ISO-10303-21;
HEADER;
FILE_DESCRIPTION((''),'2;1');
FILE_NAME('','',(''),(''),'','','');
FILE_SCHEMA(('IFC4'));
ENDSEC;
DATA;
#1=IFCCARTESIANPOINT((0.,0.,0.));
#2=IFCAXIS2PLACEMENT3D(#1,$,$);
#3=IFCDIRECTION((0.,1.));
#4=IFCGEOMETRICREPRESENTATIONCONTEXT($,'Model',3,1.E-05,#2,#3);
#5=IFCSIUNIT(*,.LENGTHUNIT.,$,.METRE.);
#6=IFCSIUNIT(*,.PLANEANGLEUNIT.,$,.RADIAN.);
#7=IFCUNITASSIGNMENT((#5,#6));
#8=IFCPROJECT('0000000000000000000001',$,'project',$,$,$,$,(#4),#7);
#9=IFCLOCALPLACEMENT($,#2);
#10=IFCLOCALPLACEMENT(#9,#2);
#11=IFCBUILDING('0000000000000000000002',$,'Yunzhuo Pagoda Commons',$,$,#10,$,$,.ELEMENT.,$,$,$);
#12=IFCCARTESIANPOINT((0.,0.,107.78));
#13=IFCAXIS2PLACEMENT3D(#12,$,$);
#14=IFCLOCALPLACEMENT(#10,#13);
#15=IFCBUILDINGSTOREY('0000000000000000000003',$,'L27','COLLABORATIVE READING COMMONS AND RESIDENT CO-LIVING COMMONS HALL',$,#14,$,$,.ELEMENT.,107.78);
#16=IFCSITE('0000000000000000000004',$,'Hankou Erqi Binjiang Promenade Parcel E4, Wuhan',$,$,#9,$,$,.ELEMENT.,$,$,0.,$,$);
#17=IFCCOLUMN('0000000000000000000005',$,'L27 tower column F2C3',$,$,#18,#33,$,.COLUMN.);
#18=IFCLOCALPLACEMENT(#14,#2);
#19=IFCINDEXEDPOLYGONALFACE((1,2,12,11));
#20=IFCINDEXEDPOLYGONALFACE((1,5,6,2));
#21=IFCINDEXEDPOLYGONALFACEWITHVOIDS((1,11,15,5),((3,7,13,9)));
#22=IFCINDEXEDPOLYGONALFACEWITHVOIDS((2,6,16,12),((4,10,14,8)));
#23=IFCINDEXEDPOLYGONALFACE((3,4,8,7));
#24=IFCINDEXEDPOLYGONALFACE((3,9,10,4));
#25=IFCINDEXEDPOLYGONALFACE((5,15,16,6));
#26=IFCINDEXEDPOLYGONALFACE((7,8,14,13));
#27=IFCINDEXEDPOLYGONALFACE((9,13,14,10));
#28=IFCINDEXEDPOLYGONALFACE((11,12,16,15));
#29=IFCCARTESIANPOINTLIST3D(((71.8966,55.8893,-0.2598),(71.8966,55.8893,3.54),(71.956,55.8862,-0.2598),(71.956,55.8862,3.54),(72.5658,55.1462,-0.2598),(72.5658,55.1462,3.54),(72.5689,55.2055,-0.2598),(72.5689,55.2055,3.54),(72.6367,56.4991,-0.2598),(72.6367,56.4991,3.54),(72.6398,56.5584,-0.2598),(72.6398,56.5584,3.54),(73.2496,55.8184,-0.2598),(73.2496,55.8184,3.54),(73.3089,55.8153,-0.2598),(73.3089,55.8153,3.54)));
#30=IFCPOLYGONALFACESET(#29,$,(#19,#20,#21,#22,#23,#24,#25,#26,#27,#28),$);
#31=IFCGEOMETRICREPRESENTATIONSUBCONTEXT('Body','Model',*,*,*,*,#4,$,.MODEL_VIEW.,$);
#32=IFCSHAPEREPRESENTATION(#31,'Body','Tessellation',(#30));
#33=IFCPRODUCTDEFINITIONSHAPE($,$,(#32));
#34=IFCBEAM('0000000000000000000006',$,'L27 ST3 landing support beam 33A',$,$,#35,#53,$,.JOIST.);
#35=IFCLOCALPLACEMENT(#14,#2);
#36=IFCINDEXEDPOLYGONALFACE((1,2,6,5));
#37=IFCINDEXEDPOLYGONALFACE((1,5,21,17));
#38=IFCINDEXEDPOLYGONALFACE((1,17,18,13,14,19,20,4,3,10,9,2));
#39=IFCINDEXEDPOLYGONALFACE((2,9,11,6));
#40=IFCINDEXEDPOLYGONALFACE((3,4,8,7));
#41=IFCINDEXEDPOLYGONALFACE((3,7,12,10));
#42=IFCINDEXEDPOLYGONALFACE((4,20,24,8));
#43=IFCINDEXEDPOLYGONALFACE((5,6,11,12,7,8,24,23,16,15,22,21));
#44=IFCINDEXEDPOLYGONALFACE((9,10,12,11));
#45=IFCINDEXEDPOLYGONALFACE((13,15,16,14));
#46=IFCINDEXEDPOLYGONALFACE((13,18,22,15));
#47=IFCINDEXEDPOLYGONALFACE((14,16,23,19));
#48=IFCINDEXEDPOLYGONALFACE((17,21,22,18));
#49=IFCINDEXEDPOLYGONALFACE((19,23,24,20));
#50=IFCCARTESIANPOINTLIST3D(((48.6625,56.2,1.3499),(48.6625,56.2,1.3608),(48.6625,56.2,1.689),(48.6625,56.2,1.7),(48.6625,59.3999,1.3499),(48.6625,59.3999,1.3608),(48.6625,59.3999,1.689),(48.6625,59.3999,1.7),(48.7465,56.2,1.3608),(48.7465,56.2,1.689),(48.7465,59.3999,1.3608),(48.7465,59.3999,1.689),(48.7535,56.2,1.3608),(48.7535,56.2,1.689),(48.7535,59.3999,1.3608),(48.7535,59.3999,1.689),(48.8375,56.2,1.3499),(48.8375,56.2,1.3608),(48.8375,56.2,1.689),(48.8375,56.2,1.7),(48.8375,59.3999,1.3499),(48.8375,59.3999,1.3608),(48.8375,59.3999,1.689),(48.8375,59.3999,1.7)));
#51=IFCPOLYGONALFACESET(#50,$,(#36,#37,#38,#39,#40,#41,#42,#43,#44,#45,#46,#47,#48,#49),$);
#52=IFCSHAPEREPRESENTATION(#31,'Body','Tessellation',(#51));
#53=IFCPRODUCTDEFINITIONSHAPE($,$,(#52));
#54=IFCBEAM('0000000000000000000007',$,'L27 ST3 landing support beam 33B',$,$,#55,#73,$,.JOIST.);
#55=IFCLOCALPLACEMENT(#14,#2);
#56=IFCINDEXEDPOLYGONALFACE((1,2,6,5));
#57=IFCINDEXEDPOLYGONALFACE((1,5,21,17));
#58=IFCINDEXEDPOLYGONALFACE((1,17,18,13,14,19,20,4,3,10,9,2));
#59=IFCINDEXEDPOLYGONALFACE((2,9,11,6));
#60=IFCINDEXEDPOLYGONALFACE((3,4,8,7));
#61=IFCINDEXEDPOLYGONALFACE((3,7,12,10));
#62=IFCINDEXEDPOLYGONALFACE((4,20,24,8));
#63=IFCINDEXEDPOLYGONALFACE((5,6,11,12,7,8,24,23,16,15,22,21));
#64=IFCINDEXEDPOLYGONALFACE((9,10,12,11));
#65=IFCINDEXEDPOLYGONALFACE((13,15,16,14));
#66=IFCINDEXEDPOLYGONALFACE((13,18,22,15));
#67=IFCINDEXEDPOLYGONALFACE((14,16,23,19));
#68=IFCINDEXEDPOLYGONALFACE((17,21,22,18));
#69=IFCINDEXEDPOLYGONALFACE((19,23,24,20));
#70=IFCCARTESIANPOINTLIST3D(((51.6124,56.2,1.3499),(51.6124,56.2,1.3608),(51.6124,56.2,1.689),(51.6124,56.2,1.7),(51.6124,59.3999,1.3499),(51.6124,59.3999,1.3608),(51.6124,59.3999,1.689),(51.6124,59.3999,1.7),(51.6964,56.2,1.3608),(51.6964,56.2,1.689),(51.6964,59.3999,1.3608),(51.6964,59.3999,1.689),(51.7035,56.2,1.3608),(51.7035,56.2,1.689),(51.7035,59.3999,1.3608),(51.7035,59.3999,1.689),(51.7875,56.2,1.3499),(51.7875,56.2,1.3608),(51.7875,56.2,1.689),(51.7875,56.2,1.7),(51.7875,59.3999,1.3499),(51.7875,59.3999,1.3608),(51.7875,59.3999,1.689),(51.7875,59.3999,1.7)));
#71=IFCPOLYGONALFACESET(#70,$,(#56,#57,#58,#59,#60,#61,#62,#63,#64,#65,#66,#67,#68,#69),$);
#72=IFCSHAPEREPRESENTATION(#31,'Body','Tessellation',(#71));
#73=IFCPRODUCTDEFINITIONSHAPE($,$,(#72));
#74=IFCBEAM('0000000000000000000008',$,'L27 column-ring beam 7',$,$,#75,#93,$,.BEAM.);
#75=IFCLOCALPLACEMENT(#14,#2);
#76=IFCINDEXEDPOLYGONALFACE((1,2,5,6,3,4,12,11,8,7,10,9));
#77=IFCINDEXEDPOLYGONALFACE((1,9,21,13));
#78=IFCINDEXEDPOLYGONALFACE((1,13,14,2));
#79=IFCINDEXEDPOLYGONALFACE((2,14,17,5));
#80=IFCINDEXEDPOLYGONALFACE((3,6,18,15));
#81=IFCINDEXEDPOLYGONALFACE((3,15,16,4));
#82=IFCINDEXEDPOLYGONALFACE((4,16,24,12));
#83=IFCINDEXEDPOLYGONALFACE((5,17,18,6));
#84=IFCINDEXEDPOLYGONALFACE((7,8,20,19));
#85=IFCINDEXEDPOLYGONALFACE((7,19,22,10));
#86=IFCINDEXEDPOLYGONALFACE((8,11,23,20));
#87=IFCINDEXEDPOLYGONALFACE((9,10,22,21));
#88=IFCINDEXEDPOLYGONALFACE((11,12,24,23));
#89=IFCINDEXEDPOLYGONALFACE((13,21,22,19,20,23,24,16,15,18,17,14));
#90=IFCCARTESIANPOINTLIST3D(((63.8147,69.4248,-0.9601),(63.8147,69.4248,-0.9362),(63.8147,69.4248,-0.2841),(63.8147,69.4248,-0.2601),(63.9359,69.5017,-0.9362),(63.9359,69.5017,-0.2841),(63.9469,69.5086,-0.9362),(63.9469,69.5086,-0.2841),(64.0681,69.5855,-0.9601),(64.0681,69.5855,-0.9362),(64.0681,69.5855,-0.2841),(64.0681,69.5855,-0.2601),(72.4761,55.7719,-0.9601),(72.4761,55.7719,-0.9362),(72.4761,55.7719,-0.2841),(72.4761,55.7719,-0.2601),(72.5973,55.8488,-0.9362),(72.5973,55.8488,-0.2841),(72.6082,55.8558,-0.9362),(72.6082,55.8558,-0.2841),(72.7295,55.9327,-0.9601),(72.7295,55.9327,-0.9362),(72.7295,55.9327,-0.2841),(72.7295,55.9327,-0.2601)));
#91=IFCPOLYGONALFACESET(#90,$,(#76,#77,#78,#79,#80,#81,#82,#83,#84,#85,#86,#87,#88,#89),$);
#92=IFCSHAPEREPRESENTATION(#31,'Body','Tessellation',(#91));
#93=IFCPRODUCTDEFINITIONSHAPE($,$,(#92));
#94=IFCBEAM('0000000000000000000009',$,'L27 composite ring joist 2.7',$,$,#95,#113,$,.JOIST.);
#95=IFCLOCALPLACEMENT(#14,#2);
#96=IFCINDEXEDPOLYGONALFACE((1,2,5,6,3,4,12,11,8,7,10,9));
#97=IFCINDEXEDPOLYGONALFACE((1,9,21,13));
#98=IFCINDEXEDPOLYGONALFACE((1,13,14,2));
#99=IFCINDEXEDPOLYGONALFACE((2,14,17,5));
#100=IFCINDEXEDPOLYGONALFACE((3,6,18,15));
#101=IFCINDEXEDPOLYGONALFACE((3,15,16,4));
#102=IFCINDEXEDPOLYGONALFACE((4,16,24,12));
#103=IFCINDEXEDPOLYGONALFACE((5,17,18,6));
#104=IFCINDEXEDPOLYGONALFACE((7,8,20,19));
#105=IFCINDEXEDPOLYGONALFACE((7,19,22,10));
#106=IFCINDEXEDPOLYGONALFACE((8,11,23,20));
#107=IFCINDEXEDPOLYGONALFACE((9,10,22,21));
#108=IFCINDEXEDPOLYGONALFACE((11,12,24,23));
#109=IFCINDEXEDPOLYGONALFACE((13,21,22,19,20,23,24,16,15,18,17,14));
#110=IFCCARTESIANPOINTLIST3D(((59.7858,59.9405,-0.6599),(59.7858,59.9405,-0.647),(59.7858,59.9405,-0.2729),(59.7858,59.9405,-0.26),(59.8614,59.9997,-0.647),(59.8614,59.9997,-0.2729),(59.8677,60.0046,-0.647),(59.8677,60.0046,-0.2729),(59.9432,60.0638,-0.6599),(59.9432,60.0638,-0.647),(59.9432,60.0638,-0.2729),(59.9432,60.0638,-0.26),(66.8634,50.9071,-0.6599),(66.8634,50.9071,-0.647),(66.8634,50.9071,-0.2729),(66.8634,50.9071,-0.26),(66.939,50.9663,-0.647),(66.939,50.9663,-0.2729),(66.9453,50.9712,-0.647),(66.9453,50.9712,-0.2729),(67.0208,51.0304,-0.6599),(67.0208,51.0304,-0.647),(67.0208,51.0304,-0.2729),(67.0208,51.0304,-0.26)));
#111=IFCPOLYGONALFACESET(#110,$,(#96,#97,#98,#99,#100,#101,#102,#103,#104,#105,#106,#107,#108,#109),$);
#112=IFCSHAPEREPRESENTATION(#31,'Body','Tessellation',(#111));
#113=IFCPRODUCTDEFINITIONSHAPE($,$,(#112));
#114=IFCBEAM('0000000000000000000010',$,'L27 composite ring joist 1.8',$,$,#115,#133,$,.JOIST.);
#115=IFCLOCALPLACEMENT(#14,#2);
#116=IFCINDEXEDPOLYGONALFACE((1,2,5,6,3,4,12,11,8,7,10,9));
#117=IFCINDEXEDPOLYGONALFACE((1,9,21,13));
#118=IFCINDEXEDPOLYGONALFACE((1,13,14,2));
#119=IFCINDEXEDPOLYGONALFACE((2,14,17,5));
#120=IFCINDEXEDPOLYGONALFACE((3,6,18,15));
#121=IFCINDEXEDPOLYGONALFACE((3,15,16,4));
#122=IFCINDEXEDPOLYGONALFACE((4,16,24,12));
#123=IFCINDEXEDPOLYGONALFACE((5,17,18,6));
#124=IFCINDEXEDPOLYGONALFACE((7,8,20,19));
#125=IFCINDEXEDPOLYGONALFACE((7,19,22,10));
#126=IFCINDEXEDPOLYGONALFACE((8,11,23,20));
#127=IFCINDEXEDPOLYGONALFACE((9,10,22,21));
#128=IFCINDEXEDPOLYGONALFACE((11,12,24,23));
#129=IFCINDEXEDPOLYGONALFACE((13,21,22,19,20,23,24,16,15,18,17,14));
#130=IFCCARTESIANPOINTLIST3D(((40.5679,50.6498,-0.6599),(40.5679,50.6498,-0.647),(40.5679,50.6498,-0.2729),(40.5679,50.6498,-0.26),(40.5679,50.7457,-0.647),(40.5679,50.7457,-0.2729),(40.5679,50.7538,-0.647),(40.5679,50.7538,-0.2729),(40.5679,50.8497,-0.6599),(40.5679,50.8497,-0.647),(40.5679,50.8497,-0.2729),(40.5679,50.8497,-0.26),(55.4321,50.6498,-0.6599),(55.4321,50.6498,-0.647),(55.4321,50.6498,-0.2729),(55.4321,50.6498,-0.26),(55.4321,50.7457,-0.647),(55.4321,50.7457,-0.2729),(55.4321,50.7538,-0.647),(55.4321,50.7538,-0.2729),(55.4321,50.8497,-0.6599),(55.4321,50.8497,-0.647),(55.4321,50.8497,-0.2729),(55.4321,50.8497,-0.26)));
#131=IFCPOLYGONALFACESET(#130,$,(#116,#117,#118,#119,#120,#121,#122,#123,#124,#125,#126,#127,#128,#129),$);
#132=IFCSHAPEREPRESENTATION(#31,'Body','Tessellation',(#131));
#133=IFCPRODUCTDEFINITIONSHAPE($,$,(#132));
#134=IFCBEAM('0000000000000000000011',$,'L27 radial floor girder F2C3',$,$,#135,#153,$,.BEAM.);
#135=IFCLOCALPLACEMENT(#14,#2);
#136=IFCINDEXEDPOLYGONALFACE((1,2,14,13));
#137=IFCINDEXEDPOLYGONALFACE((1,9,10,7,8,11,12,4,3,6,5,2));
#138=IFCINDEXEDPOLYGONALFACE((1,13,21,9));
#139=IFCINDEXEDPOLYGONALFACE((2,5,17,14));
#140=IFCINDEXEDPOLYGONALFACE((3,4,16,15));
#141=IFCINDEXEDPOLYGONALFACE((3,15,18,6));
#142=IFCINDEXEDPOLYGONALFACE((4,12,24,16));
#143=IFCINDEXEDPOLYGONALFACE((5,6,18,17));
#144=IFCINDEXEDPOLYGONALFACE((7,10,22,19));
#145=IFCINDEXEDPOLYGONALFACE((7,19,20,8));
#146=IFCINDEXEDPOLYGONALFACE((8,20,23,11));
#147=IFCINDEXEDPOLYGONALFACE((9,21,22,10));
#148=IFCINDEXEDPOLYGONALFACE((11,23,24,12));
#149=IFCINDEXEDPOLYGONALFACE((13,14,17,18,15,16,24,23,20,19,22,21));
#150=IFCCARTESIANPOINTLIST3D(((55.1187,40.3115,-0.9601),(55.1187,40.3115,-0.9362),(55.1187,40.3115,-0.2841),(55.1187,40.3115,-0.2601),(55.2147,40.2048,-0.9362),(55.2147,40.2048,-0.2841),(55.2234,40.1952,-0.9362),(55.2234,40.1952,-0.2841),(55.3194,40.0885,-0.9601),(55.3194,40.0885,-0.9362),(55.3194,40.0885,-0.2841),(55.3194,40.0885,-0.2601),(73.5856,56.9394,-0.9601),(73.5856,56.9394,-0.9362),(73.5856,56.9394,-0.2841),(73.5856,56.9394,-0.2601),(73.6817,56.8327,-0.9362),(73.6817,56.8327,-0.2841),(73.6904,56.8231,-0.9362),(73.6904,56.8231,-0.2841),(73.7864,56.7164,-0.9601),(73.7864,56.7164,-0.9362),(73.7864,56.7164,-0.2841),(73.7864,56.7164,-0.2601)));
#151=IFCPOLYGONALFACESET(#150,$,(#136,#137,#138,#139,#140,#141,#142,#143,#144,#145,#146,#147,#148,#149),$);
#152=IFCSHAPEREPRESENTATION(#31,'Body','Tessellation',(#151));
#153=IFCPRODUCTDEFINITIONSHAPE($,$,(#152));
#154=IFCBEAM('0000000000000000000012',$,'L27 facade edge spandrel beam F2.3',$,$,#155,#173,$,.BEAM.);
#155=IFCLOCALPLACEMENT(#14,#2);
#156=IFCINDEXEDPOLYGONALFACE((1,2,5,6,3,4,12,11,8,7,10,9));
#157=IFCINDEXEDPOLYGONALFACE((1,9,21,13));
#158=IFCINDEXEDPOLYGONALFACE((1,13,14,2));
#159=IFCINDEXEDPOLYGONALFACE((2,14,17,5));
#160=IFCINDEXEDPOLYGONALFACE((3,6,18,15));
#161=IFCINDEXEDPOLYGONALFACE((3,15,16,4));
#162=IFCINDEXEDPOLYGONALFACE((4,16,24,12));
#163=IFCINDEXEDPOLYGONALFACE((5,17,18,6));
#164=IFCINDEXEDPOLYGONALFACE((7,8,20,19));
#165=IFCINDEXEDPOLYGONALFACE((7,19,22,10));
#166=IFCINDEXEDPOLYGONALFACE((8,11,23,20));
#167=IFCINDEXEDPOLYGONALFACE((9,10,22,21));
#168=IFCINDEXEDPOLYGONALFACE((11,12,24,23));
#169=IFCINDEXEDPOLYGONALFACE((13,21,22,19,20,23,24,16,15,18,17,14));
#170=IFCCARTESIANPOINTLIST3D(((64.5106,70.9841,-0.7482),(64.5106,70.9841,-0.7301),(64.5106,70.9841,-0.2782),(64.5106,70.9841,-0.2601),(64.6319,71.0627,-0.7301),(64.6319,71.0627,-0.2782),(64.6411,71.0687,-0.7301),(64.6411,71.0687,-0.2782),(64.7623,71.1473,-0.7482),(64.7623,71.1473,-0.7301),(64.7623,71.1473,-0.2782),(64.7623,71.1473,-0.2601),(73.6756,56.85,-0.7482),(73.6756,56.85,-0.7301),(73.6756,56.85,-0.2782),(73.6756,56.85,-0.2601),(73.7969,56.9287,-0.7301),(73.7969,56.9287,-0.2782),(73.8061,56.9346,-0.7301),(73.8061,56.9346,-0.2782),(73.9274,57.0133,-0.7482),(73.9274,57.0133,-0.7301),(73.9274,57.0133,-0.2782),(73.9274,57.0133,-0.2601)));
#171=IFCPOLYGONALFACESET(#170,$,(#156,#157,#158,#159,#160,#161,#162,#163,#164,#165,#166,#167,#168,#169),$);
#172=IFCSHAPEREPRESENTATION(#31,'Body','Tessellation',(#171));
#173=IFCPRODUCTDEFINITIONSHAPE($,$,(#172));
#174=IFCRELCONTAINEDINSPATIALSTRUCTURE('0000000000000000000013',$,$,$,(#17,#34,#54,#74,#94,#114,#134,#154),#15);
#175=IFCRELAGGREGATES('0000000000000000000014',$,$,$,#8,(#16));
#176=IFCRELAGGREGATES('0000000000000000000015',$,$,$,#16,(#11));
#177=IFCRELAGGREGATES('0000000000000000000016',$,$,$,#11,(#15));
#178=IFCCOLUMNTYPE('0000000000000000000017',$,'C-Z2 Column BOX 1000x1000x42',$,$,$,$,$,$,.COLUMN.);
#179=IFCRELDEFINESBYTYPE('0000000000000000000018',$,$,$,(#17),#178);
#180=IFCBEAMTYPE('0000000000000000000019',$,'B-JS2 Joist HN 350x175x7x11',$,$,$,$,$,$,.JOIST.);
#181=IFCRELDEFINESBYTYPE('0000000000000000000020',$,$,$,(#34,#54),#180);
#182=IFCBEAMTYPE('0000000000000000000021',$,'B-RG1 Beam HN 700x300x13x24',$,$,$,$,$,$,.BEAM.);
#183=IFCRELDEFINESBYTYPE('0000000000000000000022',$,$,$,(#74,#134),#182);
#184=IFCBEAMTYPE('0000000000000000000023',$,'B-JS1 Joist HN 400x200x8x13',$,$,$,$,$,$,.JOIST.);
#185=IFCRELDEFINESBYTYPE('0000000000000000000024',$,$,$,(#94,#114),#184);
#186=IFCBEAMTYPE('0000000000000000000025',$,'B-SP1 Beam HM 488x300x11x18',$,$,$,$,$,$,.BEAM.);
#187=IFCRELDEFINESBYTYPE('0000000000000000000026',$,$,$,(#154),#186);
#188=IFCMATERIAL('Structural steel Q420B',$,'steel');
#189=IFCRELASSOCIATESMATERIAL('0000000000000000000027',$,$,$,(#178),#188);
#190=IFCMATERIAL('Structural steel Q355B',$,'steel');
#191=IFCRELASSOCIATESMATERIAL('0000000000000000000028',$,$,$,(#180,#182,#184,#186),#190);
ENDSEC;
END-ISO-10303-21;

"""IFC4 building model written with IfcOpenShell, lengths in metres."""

from ifc_helpers import new_model, si_unit, direction, frame, origin, origin_2d, place, context, subcontext, project, spatial, hollow_rectangle, i_section, extrude, source, transform, mapped, material, material_profile, profile_set, type_object, element, save


model = new_model("IFC4")

# Units and contexts
model_context = context("Model", 3, precision=1e-05, world=origin(), true_north=direction((0.0, 1.0)))
body_context = subcontext(model_context, "Body", "Model", "MODEL_VIEW")
ifc_project = project(units=[si_unit("LENGTHUNIT", "METRE"), si_unit("PLANEANGLEUNIT", "RADIAN")], contexts=[model_context])

# Site, building, storey
site_placement = place(None, origin())
site = spatial("IfcSite", under=ifc_project, at=site_placement, Name="Hankou Erqi Binjiang Promenade Parcel E4, Wuhan", CompositionType="ELEMENT", RefElevation=0.0)
building_placement = place(site_placement, origin())
building = spatial("IfcBuilding", under=site, at=building_placement, Name="Yunzhuo Pagoda Commons", CompositionType="ELEMENT")
storey_placement = place(building_placement, frame((0.0, 0.0, 107.78)))
storey = spatial("IfcBuildingStorey", under=building, at=storey_placement, Name="L27", Description="COLLABORATIVE READING COMMONS AND RESIDENT CO-LIVING COMMONS HALL", CompositionType="ELEMENT", Elevation=107.78)

# Column
ifc_material_1 = material(Name="Structural steel Q420B", Category="steel")
ifc_material_profile_1 = material_profile(ifc_material_1, hollow_rectangle(XDim=1.0, YDim=1.0, WallThickness=0.042, at=origin_2d()), Name="Structural steel Q420B")
ifc_profile_set_1 = profile_set([ifc_material_profile_1], Name="Structural steel Q420B")
column_type = type_object("IfcColumnType", Name="C-Z2 Column BOX 1000x1000x42", PredefinedType="COLUMN", material=ifc_profile_set_1)
shared_shape_1 = source(origin(), body_context, "Body", "SweptSolid", [
    extrude(hollow_rectangle(XDim=1.0, YDim=1.0, WallThickness=0.042, at=origin_2d()), origin(), (0.0, 0.0, 1.0), 3.7998),
])
column_placement = place(storey_placement, frame((72.6028, 55.8523, -0.2598), z_axis=(0.0, 0.0, 1.0), x_axis=(-0.669131, 0.743145, 0.0)))
element("IfcColumn", 1, at=column_placement, inside=storey, type_object=column_type, Name="L27 tower column F2C3", PredefinedType="COLUMN", context=body_context, shape_type="MappedRepresentation", body=[
    mapped(shared_shape_1, transform((0.0, 0.0, 0.0), scale=1.0)),
])

# Beams
ifc_material_2 = material(Name="Structural steel Q355B", Category="steel")
ifc_material_profile_2 = material_profile(ifc_material_2, i_section(OverallWidth=0.175, OverallDepth=0.3501, WebThickness=0.0071, FlangeThickness=0.011, at=origin_2d()), Name="Structural steel Q355B")
ifc_profile_set_2 = profile_set([ifc_material_profile_2], Name="Structural steel Q355B")
beam_type_1 = type_object("IfcBeamType", Name="B-JS2 Joist HN 350x175x7x11", PredefinedType="JOIST", material=ifc_profile_set_2)
shared_shape_2 = source(origin(), body_context, "Body", "SweptSolid", [
    extrude(i_section(OverallWidth=0.175, OverallDepth=0.3501, WebThickness=0.0071, FlangeThickness=0.011, at=origin_2d()), origin(), (0.0, 0.0, 1.0), 3.2),
])
for number, where, z_axis, x_axis, name in (
    (2, (48.75, 56.2, 1.5249), (0.0, 1.0, 0.0), (-1.0, 0.0, 0.0), "L27 ST3 landing support beam 33A"),
    (3, (51.7, 56.2, 1.5249), (0.0, 1.0, 0.0), (-1.0, 0.0, 0.0), "L27 ST3 landing support beam 33B"),
):
    element("IfcBeam", number, at=place(storey_placement, frame(where, z_axis=z_axis, x_axis=x_axis)), inside=storey, type_object=beam_type_1, Name=name, PredefinedType="JOIST", context=body_context, shape_type="MappedRepresentation", body=[
        mapped(shared_shape_2, transform((0.0, 0.0, 0.0), scale=1.0)),
    ])
ifc_material_profile_3 = material_profile(ifc_material_2, i_section(OverallWidth=0.3, OverallDepth=0.7, WebThickness=0.0129, FlangeThickness=0.0239, at=origin_2d()), Name="Structural steel Q355B")
ifc_profile_set_3 = profile_set([ifc_material_profile_3], Name="Structural steel Q355B")
beam_type_2 = type_object("IfcBeamType", Name="B-RG1 Beam HN 700x300x13x24", PredefinedType="BEAM", material=ifc_profile_set_3)
shared_shape_3 = source(origin(), body_context, "Body", "SweptSolid", [
    extrude(i_section(OverallWidth=0.3, OverallDepth=0.7, WebThickness=0.0129, FlangeThickness=0.0239, at=origin_2d()), origin(), (0.0, 0.0, 1.0), 16.1685),
])
beam_1_placement = place(storey_placement, frame((72.6028, 55.8523, -0.6101), z_axis=(-0.535696, 0.844411, 0.0), x_axis=(-0.844411, -0.535696, 0.0)))
element("IfcBeam", 4, at=beam_1_placement, inside=storey, type_object=beam_type_2, Name="L27 column-ring beam 7", PredefinedType="BEAM", context=body_context, shape_type="MappedRepresentation", body=[
    mapped(shared_shape_3, transform((0.0, 0.0, 0.0), scale=1.0)),
])
ifc_material_profile_4 = material_profile(ifc_material_2, i_section(OverallWidth=0.2, OverallDepth=0.3999, WebThickness=0.0081, FlangeThickness=0.0129, at=origin_2d()), Name="Structural steel Q355B")
ifc_profile_set_4 = profile_set([ifc_material_profile_4], Name="Structural steel Q355B")
beam_type_3 = type_object("IfcBeamType", Name="B-JS1 Joist HN 400x200x8x13", PredefinedType="JOIST", material=ifc_profile_set_4)
shared_shape_4 = source(origin(), body_context, "Body", "SweptSolid", [
    extrude(i_section(OverallWidth=0.2, OverallDepth=0.3999, WebThickness=0.0081, FlangeThickness=0.0129, at=origin_2d()), origin(), (0.0, 0.0, 1.0), 11.4758),
])
beam_2_placement = place(storey_placement, frame((66.9421, 50.9688, -0.46), z_axis=(-0.61674, 0.787167, 0.0), x_axis=(-0.787167, -0.61674, 0.0)))
element("IfcBeam", 5, at=beam_2_placement, inside=storey, type_object=beam_type_3, Name="L27 composite ring joist 2.7", PredefinedType="JOIST", context=body_context, shape_type="MappedRepresentation", body=[
    mapped(shared_shape_4, transform((0.0, 0.0, 0.0), scale=1.0)),
])
shared_shape_5 = source(origin(), body_context, "Body", "SweptSolid", [
    extrude(i_section(OverallWidth=0.2, OverallDepth=0.3999, WebThickness=0.0081, FlangeThickness=0.0129, at=origin_2d()), origin(), (0.0, 0.0, 1.0), 14.8643),
])
beam_3_placement = place(storey_placement, frame((55.4321, 50.7498, -0.46), z_axis=(-1.0, 0.0, 0.0), x_axis=(0.0, -1.0, 0.0)))
element("IfcBeam", 6, at=beam_3_placement, inside=storey, type_object=beam_type_3, Name="L27 composite ring joist 1.8", PredefinedType="JOIST", context=body_context, shape_type="MappedRepresentation", body=[
    mapped(shared_shape_5, transform((0.0, 0.0, 0.0), scale=1.0)),
])
shared_shape_6 = source(origin(), body_context, "Body", "SweptSolid", [
    extrude(i_section(OverallWidth=0.3, OverallDepth=0.7, WebThickness=0.0129, FlangeThickness=0.0239, at=origin_2d()), origin(), (0.0, 0.0, 1.0), 24.8499),
])
beam_4_placement = place(storey_placement, frame((73.686, 56.8279, -0.6101), z_axis=(-0.743142, -0.669134, 0.0), x_axis=(0.669134, -0.743142, 0.0)))
element("IfcBeam", 7, at=beam_4_placement, inside=storey, type_object=beam_type_2, Name="L27 radial floor girder F2C3", PredefinedType="BEAM", context=body_context, shape_type="MappedRepresentation", body=[
    mapped(shared_shape_6, transform((0.0, 0.0, 0.0), scale=1.0)),
])
ifc_material_profile_5 = material_profile(ifc_material_2, i_section(OverallWidth=0.3, OverallDepth=0.488, WebThickness=0.011, FlangeThickness=0.0181, at=origin_2d()), Name="Structural steel Q355B")
ifc_profile_set_5 = profile_set([ifc_material_profile_5], Name="Structural steel Q355B")
beam_type_4 = type_object("IfcBeamType", Name="B-SP1 Beam HM 488x300x11x18", PredefinedType="BEAM", material=ifc_profile_set_5)
shared_shape_7 = source(origin(), body_context, "Body", "SweptSolid", [
    extrude(i_section(OverallWidth=0.3, OverallDepth=0.488, WebThickness=0.011, FlangeThickness=0.0181, at=origin_2d()), origin(), (0.0, 0.0, 1.0), 16.8455),
])
beam_5_placement = place(storey_placement, frame((73.8015, 56.9316, -0.5042), z_axis=(-0.544066, 0.839042, 0.0), x_axis=(-0.839042, -0.544066, 0.0)))
element("IfcBeam", 8, at=beam_5_placement, inside=storey, type_object=beam_type_4, Name="L27 facade edge spandrel beam F2.3", PredefinedType="BEAM", context=body_context, shape_type="MappedRepresentation", body=[
    mapped(shared_shape_7, transform((0.0, 0.0, 0.0), scale=1.0)),
])

save(model, "model.ifc")
